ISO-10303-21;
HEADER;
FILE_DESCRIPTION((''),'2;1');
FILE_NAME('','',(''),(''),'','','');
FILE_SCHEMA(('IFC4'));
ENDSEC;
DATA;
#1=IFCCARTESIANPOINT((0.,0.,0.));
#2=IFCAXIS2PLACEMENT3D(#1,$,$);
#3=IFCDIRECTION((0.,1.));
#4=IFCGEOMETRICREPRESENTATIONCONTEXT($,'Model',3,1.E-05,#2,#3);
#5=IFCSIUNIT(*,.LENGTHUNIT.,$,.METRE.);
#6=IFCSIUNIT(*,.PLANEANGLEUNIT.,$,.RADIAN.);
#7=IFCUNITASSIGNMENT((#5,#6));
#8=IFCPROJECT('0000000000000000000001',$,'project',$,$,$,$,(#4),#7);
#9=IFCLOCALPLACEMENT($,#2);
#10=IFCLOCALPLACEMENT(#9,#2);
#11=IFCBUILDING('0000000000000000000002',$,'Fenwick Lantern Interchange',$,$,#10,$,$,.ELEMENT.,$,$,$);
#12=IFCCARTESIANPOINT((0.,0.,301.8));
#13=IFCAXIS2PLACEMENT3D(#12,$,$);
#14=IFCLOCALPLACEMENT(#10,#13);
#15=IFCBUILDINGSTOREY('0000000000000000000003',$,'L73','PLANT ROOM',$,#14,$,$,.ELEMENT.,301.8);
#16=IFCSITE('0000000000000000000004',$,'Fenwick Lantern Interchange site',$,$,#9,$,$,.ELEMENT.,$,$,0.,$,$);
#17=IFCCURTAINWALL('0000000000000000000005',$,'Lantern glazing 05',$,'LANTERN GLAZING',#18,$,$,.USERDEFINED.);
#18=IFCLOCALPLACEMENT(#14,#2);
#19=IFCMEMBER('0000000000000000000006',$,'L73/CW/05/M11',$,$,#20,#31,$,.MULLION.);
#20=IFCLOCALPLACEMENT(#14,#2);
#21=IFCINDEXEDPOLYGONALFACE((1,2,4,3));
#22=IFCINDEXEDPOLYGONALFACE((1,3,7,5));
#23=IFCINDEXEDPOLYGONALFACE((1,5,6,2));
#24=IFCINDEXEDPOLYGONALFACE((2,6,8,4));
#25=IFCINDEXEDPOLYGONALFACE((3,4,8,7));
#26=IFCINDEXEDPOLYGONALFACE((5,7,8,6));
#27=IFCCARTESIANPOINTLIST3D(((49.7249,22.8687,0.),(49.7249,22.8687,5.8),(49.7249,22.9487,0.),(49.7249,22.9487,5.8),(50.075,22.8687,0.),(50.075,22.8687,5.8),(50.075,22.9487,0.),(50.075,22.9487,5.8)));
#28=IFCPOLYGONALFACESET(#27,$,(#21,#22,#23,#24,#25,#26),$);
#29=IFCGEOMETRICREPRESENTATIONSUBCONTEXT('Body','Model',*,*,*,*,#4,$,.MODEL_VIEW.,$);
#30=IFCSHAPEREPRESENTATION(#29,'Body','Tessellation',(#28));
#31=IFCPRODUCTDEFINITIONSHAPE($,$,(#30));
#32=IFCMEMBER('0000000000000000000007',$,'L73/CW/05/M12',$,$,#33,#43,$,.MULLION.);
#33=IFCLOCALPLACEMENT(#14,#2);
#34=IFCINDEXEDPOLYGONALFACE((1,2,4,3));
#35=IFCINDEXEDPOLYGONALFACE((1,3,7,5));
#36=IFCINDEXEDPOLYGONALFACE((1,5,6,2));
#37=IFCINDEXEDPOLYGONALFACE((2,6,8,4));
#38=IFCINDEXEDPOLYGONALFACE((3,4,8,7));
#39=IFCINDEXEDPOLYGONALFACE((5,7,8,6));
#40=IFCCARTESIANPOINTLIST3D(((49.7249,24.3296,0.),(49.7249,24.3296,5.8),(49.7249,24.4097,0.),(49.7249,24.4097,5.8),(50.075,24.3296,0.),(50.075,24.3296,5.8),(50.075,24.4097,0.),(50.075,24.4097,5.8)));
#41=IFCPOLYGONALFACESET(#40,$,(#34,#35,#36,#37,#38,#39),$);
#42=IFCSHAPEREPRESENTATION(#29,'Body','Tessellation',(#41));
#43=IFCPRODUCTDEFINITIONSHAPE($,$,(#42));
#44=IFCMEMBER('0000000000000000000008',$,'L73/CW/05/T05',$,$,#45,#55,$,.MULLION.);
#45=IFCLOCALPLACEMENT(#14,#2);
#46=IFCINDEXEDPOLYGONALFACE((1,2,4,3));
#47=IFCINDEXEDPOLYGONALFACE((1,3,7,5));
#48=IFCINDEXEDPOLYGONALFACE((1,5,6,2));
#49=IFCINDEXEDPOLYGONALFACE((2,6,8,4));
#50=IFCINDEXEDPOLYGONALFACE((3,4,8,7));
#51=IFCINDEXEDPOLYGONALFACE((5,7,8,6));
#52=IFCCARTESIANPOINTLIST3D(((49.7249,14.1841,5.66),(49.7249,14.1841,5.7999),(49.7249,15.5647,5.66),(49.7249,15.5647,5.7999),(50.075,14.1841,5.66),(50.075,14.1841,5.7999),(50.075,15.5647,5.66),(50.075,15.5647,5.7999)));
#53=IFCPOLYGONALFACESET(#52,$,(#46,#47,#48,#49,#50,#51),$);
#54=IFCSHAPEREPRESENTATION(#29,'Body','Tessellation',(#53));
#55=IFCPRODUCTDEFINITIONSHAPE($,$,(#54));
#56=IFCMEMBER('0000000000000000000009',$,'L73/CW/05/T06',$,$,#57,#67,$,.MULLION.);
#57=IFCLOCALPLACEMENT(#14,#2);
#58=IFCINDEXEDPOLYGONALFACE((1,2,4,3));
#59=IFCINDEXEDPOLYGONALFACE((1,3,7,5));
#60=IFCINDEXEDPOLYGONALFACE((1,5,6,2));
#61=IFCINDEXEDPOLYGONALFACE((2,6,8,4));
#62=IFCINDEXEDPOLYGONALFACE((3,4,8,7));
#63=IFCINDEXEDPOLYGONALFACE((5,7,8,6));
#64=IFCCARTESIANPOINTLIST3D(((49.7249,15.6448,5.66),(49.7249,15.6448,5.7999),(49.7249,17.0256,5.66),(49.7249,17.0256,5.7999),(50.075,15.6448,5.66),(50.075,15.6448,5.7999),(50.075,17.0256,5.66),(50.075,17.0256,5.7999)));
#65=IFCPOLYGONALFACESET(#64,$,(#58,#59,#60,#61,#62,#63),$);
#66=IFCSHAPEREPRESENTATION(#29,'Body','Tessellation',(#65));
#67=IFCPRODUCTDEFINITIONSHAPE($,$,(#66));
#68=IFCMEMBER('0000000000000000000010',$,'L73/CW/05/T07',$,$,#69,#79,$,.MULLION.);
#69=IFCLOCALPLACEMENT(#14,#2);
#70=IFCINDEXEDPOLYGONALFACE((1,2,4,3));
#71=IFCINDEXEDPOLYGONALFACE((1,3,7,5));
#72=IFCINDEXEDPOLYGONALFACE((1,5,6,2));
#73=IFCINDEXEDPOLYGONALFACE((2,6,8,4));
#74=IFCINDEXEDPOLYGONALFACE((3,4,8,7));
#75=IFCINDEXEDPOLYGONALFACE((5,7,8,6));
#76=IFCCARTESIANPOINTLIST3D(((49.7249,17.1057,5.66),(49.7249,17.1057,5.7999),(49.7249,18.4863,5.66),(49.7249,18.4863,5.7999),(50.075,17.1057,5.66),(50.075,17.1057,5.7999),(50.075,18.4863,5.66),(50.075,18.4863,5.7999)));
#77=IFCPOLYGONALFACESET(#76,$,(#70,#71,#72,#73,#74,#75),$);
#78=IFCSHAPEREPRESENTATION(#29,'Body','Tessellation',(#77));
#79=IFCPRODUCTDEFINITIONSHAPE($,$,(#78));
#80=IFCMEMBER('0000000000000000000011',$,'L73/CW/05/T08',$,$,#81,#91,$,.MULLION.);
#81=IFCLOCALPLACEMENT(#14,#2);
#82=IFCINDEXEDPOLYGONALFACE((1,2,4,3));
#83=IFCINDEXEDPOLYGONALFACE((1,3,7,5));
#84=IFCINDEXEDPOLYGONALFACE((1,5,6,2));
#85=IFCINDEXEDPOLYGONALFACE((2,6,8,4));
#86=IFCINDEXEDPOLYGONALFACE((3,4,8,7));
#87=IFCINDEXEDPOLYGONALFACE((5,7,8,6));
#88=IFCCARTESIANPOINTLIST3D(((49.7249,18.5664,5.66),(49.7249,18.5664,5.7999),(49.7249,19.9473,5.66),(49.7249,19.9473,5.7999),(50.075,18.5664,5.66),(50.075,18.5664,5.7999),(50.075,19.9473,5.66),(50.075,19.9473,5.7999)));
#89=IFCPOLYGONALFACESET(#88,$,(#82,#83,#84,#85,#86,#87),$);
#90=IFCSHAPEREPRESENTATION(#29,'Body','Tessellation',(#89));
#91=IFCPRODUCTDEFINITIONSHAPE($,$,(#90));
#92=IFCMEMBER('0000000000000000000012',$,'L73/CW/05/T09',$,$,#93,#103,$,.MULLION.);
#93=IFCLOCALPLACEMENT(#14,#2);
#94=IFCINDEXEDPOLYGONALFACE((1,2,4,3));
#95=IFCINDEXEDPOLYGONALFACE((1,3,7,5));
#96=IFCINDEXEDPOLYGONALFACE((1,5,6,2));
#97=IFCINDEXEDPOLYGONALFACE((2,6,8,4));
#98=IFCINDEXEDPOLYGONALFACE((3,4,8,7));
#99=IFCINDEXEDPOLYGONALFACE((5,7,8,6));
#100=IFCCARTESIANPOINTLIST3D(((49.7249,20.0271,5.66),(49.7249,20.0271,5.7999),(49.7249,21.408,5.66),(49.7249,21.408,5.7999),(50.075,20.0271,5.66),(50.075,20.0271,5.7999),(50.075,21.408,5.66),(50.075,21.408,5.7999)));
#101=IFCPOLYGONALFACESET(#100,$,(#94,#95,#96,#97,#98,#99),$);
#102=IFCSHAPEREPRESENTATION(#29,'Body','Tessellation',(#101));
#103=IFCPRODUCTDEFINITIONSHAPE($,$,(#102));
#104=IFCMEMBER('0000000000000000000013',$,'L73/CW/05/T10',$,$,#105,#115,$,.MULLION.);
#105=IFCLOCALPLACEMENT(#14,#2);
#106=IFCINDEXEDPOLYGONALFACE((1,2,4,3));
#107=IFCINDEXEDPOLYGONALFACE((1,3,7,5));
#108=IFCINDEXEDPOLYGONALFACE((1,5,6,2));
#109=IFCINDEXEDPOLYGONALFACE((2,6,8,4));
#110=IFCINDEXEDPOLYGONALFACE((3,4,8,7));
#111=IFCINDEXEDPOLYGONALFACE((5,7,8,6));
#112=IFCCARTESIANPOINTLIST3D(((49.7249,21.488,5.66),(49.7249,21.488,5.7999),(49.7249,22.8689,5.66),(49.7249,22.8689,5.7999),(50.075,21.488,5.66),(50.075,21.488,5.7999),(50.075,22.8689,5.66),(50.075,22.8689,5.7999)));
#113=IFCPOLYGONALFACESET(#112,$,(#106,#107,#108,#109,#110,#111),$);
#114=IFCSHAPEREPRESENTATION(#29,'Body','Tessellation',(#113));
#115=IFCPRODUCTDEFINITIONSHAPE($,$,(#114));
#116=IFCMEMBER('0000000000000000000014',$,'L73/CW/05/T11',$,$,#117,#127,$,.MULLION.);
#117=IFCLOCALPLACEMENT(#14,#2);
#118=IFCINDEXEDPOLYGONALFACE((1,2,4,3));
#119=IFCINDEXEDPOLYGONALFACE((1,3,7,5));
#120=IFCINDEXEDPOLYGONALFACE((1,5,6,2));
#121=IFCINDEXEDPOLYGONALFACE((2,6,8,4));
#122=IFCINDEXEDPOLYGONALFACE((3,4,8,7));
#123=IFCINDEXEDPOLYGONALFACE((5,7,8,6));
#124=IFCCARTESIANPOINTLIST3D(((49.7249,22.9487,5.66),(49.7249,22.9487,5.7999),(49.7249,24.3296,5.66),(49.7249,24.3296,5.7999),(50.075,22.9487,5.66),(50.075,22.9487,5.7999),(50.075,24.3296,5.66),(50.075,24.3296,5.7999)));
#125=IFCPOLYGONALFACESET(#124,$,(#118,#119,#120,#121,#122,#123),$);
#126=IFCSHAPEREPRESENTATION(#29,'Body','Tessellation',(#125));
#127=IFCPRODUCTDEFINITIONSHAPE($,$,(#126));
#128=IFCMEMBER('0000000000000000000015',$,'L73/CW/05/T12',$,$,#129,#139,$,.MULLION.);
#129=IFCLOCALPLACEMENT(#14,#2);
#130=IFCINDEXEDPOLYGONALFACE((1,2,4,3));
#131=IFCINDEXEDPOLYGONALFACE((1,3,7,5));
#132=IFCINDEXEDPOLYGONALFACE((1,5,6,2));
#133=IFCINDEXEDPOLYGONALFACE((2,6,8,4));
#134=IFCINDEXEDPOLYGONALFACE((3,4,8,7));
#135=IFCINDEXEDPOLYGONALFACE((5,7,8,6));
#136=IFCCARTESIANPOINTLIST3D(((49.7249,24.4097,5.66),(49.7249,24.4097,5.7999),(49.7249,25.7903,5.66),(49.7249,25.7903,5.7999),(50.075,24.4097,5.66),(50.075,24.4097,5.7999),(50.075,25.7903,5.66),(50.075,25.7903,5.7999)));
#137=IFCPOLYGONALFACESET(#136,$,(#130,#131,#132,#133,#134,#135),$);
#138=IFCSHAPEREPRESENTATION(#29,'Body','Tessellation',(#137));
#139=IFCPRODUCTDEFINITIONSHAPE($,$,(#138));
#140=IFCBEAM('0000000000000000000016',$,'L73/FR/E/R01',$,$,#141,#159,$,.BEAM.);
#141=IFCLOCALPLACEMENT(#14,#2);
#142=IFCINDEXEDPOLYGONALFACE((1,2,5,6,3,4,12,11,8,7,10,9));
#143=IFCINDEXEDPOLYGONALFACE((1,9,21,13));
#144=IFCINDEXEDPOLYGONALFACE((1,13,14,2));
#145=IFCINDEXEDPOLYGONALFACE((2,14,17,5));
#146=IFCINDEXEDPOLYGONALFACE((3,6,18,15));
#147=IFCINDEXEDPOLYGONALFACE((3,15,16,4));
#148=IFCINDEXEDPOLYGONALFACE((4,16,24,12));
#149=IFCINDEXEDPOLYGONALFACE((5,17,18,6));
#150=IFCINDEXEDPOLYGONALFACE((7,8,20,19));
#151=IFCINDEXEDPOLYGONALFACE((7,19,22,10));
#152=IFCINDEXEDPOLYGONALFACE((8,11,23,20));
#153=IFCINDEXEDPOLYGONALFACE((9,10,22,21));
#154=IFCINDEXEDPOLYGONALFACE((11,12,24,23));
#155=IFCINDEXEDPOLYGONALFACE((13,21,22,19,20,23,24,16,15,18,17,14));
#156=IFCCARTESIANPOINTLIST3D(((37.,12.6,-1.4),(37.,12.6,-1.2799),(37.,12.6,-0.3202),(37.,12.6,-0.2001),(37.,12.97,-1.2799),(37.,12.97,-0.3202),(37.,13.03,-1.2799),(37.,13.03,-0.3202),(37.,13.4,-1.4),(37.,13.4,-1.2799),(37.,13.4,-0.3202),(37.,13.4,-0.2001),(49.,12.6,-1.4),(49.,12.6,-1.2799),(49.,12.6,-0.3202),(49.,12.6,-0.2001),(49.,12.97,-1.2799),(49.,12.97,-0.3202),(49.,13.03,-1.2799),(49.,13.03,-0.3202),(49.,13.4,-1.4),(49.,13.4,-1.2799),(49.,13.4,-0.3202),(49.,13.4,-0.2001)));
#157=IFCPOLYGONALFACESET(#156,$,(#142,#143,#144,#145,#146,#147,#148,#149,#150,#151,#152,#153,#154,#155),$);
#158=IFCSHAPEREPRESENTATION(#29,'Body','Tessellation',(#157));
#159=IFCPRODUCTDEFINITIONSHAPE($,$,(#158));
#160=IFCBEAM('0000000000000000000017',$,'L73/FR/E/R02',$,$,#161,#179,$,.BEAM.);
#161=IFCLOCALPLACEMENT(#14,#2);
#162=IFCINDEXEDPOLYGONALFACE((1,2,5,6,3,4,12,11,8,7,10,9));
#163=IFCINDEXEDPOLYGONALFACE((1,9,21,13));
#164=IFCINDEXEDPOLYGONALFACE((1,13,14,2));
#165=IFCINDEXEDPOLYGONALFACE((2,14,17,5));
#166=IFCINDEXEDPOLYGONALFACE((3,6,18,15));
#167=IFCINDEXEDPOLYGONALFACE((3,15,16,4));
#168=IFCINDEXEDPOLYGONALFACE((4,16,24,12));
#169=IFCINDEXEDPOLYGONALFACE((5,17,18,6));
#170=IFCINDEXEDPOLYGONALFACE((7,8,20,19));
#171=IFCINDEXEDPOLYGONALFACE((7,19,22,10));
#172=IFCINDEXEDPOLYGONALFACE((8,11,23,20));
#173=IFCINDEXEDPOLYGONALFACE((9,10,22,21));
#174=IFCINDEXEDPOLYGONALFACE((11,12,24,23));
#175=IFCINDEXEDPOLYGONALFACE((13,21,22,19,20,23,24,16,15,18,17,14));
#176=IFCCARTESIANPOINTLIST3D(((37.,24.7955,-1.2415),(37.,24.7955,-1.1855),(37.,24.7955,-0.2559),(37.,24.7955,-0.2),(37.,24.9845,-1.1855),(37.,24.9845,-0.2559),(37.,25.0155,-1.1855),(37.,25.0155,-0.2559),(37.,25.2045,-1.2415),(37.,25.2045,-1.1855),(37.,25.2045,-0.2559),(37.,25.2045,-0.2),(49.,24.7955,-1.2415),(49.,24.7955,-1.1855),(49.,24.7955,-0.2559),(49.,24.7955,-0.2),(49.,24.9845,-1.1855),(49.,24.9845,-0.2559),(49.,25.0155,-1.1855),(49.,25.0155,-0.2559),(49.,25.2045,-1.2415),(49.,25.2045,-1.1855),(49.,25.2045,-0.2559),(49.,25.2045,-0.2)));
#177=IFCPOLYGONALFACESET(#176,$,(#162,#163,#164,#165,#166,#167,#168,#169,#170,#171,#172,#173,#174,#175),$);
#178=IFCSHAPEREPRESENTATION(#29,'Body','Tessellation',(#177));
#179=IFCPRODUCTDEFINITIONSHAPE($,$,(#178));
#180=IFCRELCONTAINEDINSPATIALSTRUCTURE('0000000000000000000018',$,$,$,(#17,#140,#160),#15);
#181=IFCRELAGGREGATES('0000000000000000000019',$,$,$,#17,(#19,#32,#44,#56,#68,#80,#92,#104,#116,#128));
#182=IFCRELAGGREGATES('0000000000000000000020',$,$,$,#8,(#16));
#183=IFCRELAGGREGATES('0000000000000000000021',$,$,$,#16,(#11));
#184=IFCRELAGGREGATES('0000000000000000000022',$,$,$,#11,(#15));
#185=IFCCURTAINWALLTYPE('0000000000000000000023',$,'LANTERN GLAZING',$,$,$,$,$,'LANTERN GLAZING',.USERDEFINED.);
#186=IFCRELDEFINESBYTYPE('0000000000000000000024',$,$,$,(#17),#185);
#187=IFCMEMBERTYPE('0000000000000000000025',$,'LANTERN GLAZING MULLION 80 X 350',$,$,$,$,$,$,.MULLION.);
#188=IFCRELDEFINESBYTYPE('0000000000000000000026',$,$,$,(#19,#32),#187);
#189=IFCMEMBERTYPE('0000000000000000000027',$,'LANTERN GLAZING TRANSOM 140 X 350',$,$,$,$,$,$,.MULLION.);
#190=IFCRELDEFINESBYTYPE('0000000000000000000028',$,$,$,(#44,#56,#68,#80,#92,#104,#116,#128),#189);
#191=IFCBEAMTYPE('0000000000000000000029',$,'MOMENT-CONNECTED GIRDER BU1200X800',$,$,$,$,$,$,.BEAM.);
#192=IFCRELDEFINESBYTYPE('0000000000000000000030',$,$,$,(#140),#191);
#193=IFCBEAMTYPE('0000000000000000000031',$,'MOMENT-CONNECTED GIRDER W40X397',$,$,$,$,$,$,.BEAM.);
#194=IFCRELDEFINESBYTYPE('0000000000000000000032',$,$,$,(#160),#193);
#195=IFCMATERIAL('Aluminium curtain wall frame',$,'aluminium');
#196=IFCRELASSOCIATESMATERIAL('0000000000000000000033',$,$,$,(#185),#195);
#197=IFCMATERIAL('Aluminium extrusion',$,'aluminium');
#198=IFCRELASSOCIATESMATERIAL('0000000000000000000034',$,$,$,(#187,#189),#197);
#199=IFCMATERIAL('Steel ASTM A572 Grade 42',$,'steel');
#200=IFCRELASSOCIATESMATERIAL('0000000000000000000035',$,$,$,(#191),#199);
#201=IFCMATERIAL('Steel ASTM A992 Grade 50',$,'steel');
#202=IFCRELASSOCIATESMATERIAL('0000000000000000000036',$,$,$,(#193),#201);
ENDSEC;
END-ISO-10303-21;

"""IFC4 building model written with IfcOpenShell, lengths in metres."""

from ifc_helpers import new_model, si_unit, direction, frame, origin, origin_2d, place, context, subcontext, project, spatial, rectangle, i_section, extrude, material, material_profile, profile_set, type_object, element, aggregate, save


model = new_model("IFC4")

# Units and contexts
model_context = context("Model", 3, precision=1e-05, world=origin(), true_north=direction((0.0, 1.0)))
body_context = subcontext(model_context, "Body", "Model", "MODEL_VIEW")
ifc_project = project(units=[si_unit("LENGTHUNIT", "METRE"), si_unit("PLANEANGLEUNIT", "RADIAN")], contexts=[model_context])

# Site, building, storey
site_placement = place(None, origin())
site = spatial("IfcSite", under=ifc_project, at=site_placement, Name="Fenwick Lantern Interchange site", CompositionType="ELEMENT", RefElevation=0.0)
building_placement = place(site_placement, origin())
building = spatial("IfcBuilding", under=site, at=building_placement, Name="Fenwick Lantern Interchange", CompositionType="ELEMENT")
storey_placement = place(building_placement, frame((0.0, 0.0, 301.8)))
storey = spatial("IfcBuildingStorey", under=building, at=storey_placement, Name="L73", Description="PLANT ROOM", CompositionType="ELEMENT", Elevation=301.8)

# Shared definitions
ifc_material_1 = material(Name="Steel ASTM A992 Grade 50", Category="steel")

# Curtain wall, members
ifc_material_2 = material(Name="Aluminium curtain wall frame", Category="aluminium")
curtain_wall_type = type_object("IfcCurtainWallType", Name="LANTERN GLAZING", ElementType="LANTERN GLAZING", PredefinedType="USERDEFINED", material=ifc_material_2)
curtain_wall_placement = place(storey_placement, origin())
curtain_wall = element("IfcCurtainWall", 1, at=curtain_wall_placement, inside=storey, type_object=curtain_wall_type, Name="Lantern glazing 05", ObjectType="LANTERN GLAZING", PredefinedType="USERDEFINED")
ifc_material_3 = material(Name="Aluminium extrusion", Category="aluminium")
ifc_material_profile_1 = material_profile(ifc_material_3, rectangle(XDim=0.3501, YDim=0.0801, at=origin_2d()), Name="LANTERN GLAZING MULLION 80 X 350")
ifc_profile_set_1 = profile_set([ifc_material_profile_1], Name="Aluminium extrusion")
member_type_1 = type_object("IfcMemberType", Name="LANTERN GLAZING MULLION 80 X 350", PredefinedType="MULLION", material=ifc_profile_set_1)
member_1_placement = place(storey_placement, frame((49.8999, 22.9087, 0.0), z_axis=(0.0, 0.0, 1.0), x_axis=(-1.0, 0.0, 0.0)))
member_1 = element("IfcMember", 2, at=member_1_placement, type_object=member_type_1, Name="L73/CW/05/M11", PredefinedType="MULLION", context=body_context, shape_type="SweptSolid", body=[
    extrude(rectangle(XDim=0.3501, YDim=0.0801, at=origin_2d()), origin(), (0.0, 0.0, 1.0), 5.8),
])
member_2_placement = place(storey_placement, frame((49.8999, 24.3696, 0.0), z_axis=(0.0, 0.0, 1.0), x_axis=(-1.0, 0.0, 0.0)))
member_2 = element("IfcMember", 3, at=member_2_placement, type_object=member_type_1, Name="L73/CW/05/M12", PredefinedType="MULLION", context=body_context, shape_type="SweptSolid", body=[
    extrude(rectangle(XDim=0.3501, YDim=0.0801, at=origin_2d()), origin(), (0.0, 0.0, 1.0), 5.8),
])
ifc_material_profile_2 = material_profile(ifc_material_3, rectangle(XDim=0.3501, YDim=0.1399, at=origin_2d()), Name="LANTERN GLAZING TRANSOM 140 X 350")
ifc_profile_set_2 = profile_set([ifc_material_profile_2], Name="Aluminium extrusion")
member_type_2 = type_object("IfcMemberType", Name="LANTERN GLAZING TRANSOM 140 X 350", PredefinedType="MULLION", material=ifc_profile_set_2)
member_3_placement = place(storey_placement, frame((49.8999, 14.1841, 5.73), z_axis=(0.0, 1.0, 0.0), x_axis=(-1.0, 0.0, 0.0)))
member_3 = element("IfcMember", 4, at=member_3_placement, type_object=member_type_2, Name="L73/CW/05/T05", PredefinedType="MULLION", context=body_context, shape_type="SweptSolid", body=[
    extrude(rectangle(XDim=0.3501, YDim=0.1399, at=origin_2d()), origin(), (0.0, 0.0, 1.0), 1.3806),
])
member_4_placement = place(storey_placement, frame((49.8999, 15.6448, 5.73), z_axis=(0.0, 1.0, 0.0), x_axis=(-1.0, 0.0, 0.0)))
member_4 = element("IfcMember", 5, at=member_4_placement, type_object=member_type_2, Name="L73/CW/05/T06", PredefinedType="MULLION", context=body_context, shape_type="SweptSolid", body=[
    extrude(rectangle(XDim=0.3501, YDim=0.1399, at=origin_2d()), origin(), (0.0, 0.0, 1.0), 1.3809),
])
member_5_placement = place(storey_placement, frame((49.8999, 17.1057, 5.73), z_axis=(0.0, 1.0, 0.0), x_axis=(-1.0, 0.0, 0.0)))
member_5 = element("IfcMember", 6, at=member_5_placement, type_object=member_type_2, Name="L73/CW/05/T07", PredefinedType="MULLION", context=body_context, shape_type="SweptSolid", body=[
    extrude(rectangle(XDim=0.3501, YDim=0.1399, at=origin_2d()), origin(), (0.0, 0.0, 1.0), 1.3806),
])
member_6_placement = place(storey_placement, frame((49.8999, 18.5664, 5.73), z_axis=(0.0, 1.0, 0.0), x_axis=(-1.0, 0.0, 0.0)))
member_6 = element("IfcMember", 7, at=member_6_placement, type_object=member_type_2, Name="L73/CW/05/T08", PredefinedType="MULLION", context=body_context, shape_type="SweptSolid", body=[
    extrude(rectangle(XDim=0.3501, YDim=0.1399, at=origin_2d()), origin(), (0.0, 0.0, 1.0), 1.3809),
])
member_7_placement = place(storey_placement, frame((49.8999, 20.0271, 5.73), z_axis=(0.0, 1.0, 0.0), x_axis=(-1.0, 0.0, 0.0)))
member_7 = element("IfcMember", 8, at=member_7_placement, type_object=member_type_2, Name="L73/CW/05/T09", PredefinedType="MULLION", context=body_context, shape_type="SweptSolid", body=[
    extrude(rectangle(XDim=0.3501, YDim=0.1399, at=origin_2d()), origin(), (0.0, 0.0, 1.0), 1.3809),
])
member_8_placement = place(storey_placement, frame((49.8999, 21.488, 5.73), z_axis=(0.0, 1.0, 0.0), x_axis=(-1.0, 0.0, 0.0)))
member_8 = element("IfcMember", 9, at=member_8_placement, type_object=member_type_2, Name="L73/CW/05/T10", PredefinedType="MULLION", context=body_context, shape_type="SweptSolid", body=[
    extrude(rectangle(XDim=0.3501, YDim=0.1399, at=origin_2d()), origin(), (0.0, 0.0, 1.0), 1.3809),
])
member_9_placement = place(storey_placement, frame((49.8999, 22.9487, 5.73), z_axis=(0.0, 1.0, 0.0), x_axis=(-1.0, 0.0, 0.0)))
member_9 = element("IfcMember", 10, at=member_9_placement, type_object=member_type_2, Name="L73/CW/05/T11", PredefinedType="MULLION", context=body_context, shape_type="SweptSolid", body=[
    extrude(rectangle(XDim=0.3501, YDim=0.1399, at=origin_2d()), origin(), (0.0, 0.0, 1.0), 1.3809),
])
member_10_placement = place(storey_placement, frame((49.8999, 24.4097, 5.73), z_axis=(0.0, 1.0, 0.0), x_axis=(-1.0, 0.0, 0.0)))
member_10 = element("IfcMember", 11, at=member_10_placement, type_object=member_type_2, Name="L73/CW/05/T12", PredefinedType="MULLION", context=body_context, shape_type="SweptSolid", body=[
    extrude(rectangle(XDim=0.3501, YDim=0.1399, at=origin_2d()), origin(), (0.0, 0.0, 1.0), 1.3806),
])
aggregate(curtain_wall, [member_1, member_2, member_3, member_4, member_5, member_6, member_7, member_8, member_9, member_10])

# Beams
ifc_material_4 = material(Name="Steel ASTM A572 Grade 42", Category="steel")
ifc_material_profile_3 = material_profile(ifc_material_4, i_section(OverallWidth=0.8, OverallDepth=1.2, WebThickness=0.0601, FlangeThickness=0.1201, at=origin_2d()), Name="BU1200X800")
ifc_profile_set_3 = profile_set([ifc_material_profile_3], Name="Steel ASTM A572 Grade 42")
beam_type_1 = type_object("IfcBeamType", Name="MOMENT-CONNECTED GIRDER BU1200X800", PredefinedType="BEAM", material=ifc_profile_set_3)
beam_1_placement = place(storey_placement, frame((49.0, 13.0, -0.8), z_axis=(-1.0, 0.0, 0.0), x_axis=(0.0, -1.0, 0.0)))
element("IfcBeam", 12, at=beam_1_placement, inside=storey, type_object=beam_type_1, Name="L73/FR/E/R01", PredefinedType="BEAM", context=body_context, shape_type="SweptSolid", body=[
    extrude(i_section(OverallWidth=0.8, OverallDepth=1.2, WebThickness=0.0601, FlangeThickness=0.1201, at=origin_2d()), origin(), (0.0, 0.0, 1.0), 12.0),
])
ifc_material_profile_4 = material_profile(ifc_material_1, i_section(OverallWidth=0.4089, OverallDepth=1.0415, WebThickness=0.031, FlangeThickness=0.0559, at=origin_2d()), Name="W40X397")
ifc_profile_set_4 = profile_set([ifc_material_profile_4], Name="Steel ASTM A992 Grade 50")
beam_type_2 = type_object("IfcBeamType", Name="MOMENT-CONNECTED GIRDER W40X397", PredefinedType="BEAM", material=ifc_profile_set_4)
beam_2_placement = place(storey_placement, frame((49.0, 25.0, -0.7207), z_axis=(-1.0, 0.0, 0.0), x_axis=(0.0, -1.0, 0.0)))
element("IfcBeam", 13, at=beam_2_placement, inside=storey, type_object=beam_type_2, Name="L73/FR/E/R02", PredefinedType="BEAM", context=body_context, shape_type="SweptSolid", body=[
    extrude(i_section(OverallWidth=0.4089, OverallDepth=1.0415, WebThickness=0.031, FlangeThickness=0.0559, at=origin_2d()), origin(), (0.0, 0.0, 1.0), 12.0),
])

save(model, "model.ifc")
